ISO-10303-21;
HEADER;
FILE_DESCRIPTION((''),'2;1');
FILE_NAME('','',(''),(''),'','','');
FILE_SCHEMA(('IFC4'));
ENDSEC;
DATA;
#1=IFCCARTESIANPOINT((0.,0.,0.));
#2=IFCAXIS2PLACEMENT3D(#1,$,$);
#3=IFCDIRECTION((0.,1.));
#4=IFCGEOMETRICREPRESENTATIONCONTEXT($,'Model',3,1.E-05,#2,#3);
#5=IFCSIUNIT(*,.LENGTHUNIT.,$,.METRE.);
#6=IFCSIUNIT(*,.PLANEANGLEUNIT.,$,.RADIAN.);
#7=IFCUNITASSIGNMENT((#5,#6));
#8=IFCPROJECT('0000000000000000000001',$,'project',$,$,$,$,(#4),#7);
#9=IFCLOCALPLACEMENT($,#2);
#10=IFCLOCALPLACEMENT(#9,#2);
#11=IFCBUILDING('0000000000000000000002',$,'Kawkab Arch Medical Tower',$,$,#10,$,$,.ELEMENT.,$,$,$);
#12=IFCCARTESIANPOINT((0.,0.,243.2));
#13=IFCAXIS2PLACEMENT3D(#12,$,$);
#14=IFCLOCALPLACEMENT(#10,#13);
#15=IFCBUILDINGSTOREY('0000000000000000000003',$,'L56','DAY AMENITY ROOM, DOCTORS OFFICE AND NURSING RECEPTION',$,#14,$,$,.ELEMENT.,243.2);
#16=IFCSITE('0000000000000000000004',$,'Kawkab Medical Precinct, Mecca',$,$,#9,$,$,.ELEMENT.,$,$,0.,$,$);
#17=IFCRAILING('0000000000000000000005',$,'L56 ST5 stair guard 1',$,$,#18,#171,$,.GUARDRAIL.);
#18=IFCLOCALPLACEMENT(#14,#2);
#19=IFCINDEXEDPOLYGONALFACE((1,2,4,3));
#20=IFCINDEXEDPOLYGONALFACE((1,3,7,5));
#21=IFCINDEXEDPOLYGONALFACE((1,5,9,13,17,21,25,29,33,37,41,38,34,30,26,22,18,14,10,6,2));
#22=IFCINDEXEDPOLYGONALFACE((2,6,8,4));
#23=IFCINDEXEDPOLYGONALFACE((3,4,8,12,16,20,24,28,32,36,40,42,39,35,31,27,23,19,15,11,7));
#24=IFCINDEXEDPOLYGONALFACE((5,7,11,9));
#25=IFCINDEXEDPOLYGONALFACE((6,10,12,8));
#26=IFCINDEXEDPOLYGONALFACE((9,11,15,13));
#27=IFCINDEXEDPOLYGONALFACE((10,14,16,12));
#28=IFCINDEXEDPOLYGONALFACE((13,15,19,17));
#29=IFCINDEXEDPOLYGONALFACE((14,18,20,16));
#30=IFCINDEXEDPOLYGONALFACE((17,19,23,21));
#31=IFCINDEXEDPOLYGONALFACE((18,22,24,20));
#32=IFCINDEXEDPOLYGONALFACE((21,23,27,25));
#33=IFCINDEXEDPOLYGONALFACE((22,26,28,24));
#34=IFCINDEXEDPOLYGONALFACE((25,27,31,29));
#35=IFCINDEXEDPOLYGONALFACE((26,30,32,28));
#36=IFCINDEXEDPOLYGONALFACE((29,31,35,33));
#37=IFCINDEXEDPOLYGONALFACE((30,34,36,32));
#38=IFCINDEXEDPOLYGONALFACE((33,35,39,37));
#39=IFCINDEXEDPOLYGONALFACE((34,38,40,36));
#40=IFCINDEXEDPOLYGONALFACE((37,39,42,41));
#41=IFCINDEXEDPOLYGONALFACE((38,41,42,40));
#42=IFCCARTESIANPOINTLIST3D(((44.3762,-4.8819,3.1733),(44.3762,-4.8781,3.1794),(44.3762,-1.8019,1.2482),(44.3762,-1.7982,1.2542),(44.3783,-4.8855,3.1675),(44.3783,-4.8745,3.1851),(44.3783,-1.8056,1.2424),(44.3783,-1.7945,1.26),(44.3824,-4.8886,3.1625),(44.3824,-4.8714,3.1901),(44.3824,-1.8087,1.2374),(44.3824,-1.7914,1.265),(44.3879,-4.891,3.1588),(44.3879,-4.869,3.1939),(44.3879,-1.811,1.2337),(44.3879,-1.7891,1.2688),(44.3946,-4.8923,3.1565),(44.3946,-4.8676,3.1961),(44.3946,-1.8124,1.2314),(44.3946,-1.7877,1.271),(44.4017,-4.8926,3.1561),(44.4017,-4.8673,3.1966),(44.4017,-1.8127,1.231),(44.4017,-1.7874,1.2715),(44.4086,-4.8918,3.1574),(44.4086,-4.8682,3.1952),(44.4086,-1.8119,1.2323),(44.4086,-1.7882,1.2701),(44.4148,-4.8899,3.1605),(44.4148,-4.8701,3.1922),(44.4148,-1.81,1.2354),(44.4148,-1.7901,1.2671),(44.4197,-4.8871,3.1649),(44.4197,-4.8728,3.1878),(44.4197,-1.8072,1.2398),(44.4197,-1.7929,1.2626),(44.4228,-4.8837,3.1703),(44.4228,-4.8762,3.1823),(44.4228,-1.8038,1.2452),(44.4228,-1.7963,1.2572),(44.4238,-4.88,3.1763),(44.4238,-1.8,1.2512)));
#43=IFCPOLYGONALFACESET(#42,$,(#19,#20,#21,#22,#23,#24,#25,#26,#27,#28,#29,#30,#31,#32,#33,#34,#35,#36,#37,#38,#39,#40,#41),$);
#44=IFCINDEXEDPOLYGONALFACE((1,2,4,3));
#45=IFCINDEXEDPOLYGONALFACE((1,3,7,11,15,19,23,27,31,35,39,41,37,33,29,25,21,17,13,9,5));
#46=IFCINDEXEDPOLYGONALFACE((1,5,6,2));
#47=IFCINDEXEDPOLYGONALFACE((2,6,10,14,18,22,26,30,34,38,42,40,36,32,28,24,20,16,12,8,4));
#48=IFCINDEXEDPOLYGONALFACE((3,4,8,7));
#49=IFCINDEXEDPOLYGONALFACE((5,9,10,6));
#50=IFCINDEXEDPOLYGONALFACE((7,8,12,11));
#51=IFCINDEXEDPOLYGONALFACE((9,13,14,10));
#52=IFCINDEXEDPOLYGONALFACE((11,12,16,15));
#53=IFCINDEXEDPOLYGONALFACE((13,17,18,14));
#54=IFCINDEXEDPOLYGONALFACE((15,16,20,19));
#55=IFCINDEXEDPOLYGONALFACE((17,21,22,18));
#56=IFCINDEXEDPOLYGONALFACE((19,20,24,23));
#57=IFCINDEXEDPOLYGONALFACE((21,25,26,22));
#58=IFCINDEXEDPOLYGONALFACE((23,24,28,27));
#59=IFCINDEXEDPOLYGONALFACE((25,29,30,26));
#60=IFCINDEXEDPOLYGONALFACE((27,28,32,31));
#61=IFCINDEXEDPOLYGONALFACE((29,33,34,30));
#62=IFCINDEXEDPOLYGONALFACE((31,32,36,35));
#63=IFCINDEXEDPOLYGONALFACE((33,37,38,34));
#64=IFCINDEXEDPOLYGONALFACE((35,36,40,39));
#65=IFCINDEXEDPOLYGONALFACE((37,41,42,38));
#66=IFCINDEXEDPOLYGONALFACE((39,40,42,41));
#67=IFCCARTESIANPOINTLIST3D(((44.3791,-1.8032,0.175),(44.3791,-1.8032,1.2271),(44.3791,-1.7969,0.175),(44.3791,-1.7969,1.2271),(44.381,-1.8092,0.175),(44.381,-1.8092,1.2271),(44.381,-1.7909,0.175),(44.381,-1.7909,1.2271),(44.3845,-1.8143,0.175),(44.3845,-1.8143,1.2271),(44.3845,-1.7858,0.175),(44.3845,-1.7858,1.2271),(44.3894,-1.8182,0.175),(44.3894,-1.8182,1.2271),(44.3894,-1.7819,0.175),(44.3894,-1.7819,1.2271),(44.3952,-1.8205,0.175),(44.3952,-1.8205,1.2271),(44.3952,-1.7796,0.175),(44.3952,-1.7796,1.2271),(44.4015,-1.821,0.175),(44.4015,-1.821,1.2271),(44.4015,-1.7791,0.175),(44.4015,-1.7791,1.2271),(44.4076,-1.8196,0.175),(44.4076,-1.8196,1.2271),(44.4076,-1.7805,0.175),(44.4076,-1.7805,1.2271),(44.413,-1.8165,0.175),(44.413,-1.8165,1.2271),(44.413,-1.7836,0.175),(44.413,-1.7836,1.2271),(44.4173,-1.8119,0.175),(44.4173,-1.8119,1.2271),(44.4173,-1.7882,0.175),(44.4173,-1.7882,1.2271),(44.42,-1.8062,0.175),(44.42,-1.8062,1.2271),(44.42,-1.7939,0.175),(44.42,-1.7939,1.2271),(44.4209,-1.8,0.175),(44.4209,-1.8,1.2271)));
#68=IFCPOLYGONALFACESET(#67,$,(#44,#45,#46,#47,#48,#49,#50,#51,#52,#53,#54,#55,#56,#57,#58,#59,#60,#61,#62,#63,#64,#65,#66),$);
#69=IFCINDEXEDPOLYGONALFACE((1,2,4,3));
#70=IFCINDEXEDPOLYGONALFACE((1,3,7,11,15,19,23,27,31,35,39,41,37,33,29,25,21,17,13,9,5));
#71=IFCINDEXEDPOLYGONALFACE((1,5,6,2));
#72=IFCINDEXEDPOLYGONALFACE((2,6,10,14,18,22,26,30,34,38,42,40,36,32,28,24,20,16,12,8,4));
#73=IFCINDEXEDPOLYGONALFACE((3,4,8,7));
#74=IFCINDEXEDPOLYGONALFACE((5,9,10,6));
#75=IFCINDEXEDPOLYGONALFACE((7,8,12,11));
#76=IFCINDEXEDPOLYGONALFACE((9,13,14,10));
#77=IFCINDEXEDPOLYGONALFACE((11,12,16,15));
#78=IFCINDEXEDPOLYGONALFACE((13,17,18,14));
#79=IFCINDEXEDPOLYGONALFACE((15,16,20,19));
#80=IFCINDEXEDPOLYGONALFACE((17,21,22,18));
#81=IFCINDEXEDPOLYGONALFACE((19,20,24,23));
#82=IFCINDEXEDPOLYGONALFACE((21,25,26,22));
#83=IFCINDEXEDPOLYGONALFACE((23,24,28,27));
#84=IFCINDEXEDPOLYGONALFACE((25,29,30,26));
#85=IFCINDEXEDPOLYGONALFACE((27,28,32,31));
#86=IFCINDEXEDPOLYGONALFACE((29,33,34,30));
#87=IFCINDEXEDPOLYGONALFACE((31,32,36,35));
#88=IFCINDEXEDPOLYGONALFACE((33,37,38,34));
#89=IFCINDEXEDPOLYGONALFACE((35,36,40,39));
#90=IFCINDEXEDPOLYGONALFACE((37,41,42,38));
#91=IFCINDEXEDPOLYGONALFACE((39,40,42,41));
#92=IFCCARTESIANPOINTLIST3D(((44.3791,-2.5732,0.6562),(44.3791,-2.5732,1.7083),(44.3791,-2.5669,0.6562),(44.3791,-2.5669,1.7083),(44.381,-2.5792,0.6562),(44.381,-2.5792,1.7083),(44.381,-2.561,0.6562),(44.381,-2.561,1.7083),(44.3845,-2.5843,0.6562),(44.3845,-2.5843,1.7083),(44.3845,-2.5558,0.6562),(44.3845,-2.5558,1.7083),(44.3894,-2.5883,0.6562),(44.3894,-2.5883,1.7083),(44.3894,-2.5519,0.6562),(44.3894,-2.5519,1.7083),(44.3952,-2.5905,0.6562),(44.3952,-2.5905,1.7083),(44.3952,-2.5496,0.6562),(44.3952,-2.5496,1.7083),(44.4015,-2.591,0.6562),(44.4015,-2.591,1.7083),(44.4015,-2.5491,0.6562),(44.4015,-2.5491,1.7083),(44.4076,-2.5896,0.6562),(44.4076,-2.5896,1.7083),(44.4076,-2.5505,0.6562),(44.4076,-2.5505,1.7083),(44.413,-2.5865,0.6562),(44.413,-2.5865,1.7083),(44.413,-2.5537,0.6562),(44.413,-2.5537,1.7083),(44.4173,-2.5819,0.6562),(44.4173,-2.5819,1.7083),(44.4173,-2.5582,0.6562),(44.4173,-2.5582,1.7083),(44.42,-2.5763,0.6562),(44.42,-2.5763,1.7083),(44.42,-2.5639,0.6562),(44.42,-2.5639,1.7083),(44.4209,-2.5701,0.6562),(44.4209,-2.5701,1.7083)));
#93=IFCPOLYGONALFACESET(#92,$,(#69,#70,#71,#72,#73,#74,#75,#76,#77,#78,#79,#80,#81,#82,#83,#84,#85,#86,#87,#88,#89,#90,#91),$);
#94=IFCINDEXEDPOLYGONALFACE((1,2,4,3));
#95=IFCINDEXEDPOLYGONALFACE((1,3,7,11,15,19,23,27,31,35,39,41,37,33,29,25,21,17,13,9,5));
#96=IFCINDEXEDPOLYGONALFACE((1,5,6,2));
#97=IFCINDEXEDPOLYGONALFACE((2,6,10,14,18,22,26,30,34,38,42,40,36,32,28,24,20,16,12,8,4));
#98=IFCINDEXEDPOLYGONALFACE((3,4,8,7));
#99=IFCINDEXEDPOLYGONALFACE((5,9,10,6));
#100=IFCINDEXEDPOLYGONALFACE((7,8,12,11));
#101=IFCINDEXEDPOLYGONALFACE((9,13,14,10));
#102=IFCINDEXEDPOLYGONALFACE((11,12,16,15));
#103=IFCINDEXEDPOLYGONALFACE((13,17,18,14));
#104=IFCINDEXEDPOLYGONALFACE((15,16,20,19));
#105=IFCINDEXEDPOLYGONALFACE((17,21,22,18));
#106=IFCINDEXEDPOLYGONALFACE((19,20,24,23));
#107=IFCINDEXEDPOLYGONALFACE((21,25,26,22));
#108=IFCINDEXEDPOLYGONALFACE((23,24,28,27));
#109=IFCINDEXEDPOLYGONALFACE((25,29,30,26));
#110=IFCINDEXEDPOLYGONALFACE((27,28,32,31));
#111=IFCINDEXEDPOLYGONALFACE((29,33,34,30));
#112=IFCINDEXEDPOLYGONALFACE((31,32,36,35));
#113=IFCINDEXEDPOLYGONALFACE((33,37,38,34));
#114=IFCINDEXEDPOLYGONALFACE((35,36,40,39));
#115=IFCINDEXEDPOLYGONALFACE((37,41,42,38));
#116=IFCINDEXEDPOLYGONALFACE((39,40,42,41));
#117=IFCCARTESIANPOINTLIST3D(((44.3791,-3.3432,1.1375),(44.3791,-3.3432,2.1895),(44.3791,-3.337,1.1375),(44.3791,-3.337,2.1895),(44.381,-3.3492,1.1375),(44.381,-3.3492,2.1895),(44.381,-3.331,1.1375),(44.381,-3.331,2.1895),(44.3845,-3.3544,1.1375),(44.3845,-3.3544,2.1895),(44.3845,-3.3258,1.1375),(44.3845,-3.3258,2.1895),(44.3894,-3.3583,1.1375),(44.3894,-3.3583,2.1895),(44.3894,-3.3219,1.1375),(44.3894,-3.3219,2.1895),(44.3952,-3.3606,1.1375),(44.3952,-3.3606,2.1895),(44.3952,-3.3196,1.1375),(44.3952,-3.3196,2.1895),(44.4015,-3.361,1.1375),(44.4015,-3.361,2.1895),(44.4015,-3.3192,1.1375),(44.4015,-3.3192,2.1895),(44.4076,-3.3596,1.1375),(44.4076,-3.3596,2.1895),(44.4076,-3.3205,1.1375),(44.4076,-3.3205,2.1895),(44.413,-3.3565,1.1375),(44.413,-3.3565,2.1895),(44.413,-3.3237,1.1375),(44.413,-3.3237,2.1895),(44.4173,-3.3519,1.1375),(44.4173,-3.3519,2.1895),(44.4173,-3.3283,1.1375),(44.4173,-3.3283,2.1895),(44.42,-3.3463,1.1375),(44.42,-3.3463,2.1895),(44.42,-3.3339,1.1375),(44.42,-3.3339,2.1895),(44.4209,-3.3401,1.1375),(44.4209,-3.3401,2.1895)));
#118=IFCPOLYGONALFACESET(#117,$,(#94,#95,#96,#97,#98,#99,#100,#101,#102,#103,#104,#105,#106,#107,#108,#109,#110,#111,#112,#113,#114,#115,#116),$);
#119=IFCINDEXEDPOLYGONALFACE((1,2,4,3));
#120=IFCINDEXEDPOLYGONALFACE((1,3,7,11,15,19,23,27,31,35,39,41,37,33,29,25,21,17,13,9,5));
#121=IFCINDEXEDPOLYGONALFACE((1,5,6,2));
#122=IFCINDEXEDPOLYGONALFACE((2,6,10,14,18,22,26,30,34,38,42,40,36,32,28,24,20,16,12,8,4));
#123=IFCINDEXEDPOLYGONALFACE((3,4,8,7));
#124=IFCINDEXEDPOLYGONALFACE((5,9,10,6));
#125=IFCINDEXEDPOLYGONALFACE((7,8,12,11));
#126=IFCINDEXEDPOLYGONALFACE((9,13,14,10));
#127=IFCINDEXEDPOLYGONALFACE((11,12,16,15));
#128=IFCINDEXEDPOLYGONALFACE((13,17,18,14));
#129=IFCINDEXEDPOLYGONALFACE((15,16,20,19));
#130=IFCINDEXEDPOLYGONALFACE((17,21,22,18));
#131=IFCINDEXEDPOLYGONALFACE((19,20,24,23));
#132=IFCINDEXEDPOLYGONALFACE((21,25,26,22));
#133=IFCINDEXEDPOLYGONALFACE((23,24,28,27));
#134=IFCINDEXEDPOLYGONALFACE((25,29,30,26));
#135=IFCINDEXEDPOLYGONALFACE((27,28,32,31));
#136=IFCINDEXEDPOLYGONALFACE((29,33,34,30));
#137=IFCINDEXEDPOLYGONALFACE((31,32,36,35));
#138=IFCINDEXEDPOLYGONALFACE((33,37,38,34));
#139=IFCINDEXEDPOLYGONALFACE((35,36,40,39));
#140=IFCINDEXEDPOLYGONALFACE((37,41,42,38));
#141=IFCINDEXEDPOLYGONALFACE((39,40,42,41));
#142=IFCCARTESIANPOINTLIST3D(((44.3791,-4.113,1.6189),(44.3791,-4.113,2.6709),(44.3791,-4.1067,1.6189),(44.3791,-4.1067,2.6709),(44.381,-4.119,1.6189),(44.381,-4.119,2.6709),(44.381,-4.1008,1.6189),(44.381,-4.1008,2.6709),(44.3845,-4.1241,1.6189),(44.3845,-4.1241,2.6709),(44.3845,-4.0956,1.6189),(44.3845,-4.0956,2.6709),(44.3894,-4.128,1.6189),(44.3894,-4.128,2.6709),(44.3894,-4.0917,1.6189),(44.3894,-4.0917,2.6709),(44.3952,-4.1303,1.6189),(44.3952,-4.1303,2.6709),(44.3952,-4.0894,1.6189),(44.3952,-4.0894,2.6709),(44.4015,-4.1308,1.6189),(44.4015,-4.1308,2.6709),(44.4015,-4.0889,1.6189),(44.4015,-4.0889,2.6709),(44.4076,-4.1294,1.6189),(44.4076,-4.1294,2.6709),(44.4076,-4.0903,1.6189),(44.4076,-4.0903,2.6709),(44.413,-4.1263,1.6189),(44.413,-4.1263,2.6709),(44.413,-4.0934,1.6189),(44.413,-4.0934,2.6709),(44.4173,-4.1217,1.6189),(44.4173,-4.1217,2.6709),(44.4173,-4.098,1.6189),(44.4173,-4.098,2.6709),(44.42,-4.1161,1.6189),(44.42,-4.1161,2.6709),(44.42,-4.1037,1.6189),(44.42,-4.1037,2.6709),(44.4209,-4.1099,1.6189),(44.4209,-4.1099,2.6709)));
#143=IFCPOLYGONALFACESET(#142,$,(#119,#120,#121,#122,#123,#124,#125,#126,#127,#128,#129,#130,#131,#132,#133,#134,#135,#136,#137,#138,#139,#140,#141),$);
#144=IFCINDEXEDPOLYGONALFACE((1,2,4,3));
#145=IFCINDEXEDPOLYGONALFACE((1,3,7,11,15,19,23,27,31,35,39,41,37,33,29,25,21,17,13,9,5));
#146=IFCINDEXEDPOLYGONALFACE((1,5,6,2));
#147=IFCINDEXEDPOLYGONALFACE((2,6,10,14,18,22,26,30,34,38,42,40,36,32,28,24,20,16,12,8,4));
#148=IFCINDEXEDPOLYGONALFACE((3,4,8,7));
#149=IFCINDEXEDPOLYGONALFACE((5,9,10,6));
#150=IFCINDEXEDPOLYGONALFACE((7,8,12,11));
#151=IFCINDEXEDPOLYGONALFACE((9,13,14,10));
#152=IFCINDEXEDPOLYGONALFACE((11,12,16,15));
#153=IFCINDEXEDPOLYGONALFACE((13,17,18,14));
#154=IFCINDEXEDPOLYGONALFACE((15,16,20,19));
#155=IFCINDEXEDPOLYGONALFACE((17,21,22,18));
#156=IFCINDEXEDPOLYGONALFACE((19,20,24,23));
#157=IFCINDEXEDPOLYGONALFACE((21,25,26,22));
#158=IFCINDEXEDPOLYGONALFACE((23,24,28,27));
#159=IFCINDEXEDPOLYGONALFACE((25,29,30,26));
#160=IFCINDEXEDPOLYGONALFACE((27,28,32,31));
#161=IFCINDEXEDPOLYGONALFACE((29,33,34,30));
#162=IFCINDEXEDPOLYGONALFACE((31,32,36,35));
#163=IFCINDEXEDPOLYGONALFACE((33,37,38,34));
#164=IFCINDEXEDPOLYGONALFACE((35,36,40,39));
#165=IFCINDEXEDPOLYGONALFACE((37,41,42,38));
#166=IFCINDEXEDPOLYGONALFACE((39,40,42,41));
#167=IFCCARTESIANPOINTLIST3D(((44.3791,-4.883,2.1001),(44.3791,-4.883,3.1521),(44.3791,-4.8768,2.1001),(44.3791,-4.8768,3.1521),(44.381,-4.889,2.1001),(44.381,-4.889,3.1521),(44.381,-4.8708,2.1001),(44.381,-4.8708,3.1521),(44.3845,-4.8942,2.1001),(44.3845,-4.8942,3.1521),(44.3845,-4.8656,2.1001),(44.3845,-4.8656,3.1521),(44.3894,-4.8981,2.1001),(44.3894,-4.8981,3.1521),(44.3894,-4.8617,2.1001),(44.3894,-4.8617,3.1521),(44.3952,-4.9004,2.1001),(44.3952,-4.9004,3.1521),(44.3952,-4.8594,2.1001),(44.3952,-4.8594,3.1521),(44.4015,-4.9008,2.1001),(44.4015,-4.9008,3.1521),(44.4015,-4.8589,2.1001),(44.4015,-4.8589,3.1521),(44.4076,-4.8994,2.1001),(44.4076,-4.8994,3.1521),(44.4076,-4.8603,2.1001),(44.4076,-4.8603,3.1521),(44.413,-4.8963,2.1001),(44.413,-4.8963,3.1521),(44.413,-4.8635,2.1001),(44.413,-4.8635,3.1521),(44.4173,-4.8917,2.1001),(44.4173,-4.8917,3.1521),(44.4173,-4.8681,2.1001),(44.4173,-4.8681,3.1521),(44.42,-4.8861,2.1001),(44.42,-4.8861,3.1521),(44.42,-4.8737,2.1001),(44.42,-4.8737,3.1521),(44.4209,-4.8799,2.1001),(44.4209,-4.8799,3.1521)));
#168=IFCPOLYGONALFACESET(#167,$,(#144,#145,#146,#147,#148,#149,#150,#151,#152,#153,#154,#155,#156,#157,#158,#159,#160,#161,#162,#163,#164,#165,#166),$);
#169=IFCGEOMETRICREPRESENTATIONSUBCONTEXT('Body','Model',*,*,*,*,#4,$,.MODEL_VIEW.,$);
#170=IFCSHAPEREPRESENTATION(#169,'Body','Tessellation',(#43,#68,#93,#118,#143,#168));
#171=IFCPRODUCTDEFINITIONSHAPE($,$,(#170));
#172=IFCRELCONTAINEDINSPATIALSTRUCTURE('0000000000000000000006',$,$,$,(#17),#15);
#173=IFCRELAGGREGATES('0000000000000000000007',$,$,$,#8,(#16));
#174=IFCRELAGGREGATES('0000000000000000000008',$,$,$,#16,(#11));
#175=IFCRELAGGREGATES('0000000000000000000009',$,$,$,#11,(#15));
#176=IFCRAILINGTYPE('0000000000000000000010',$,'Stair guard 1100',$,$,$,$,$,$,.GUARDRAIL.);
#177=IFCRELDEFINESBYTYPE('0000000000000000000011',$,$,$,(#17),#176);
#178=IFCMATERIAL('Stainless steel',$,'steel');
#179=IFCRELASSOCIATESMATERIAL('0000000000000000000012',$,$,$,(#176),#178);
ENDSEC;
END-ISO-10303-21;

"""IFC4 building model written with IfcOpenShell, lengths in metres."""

from ifc_helpers import new_model, si_unit, direction, frame, origin, origin_2d, place, context, subcontext, project, spatial, circle, extrude, material, type_object, element, save


model = new_model("IFC4")

# Units and contexts
model_context = context("Model", 3, precision=1e-05, world=origin(), true_north=direction((0.0, 1.0)))
body_context = subcontext(model_context, "Body", "Model", "MODEL_VIEW")
ifc_project = project(units=[si_unit("LENGTHUNIT", "METRE"), si_unit("PLANEANGLEUNIT", "RADIAN")], contexts=[model_context])

# Site, building, storey
site_placement = place(None, origin())
site = spatial("IfcSite", under=ifc_project, at=site_placement, Name="Kawkab Medical Precinct, Mecca", CompositionType="ELEMENT", RefElevation=0.0)
building_placement = place(site_placement, origin())
building = spatial("IfcBuilding", under=site, at=building_placement, Name="Kawkab Arch Medical Tower", CompositionType="ELEMENT")
storey_placement = place(building_placement, frame((0.0, 0.0, 243.2)))
storey = spatial("IfcBuildingStorey", under=building, at=storey_placement, Name="L56", Description="DAY AMENITY ROOM, DOCTORS OFFICE AND NURSING RECEPTION", CompositionType="ELEMENT", Elevation=243.2)

# Railing
ifc_material_1 = material(Name="Stainless steel", Category="steel")
railing_type = type_object("IfcRailingType", Name="Stair guard 1100", PredefinedType="GUARDRAIL", material=ifc_material_1)
railing_1_placement = place(storey_placement, frame((44.3999, -1.8, 0.175)))
element("IfcRailing", 1, at=railing_1_placement, inside=storey, type_object=railing_type, Name="L56 ST5 stair guard 1", PredefinedType="GUARDRAIL", context=body_context, shape_type="SweptSolid", body=[
    extrude(circle(Radius=0.0239, at=origin_2d()), frame((0.0, 0.0, 1.0762), z_axis=(0.0, -0.847979, 0.530029), x_axis=(1.0, 0.0, 0.0)), (0.0, 0.0, 1.0), 3.6321),
    extrude(circle(Radius=0.021, at=origin_2d()), origin(), (0.0, 0.0, 1.0), 1.052),
    extrude(circle(Radius=0.021, at=origin_2d()), frame((0.0, -0.77, 0.4812)), (0.0, 0.0, 1.0), 1.052),
    extrude(circle(Radius=0.021, at=origin_2d()), frame((0.0, -1.54, 0.9624)), (0.0, 0.0, 1.0), 1.052),
    extrude(circle(Radius=0.021, at=origin_2d()), frame((0.0, -2.3098, 1.4438)), (0.0, 0.0, 1.0), 1.052),
    extrude(circle(Radius=0.021, at=origin_2d()), frame((0.0, -3.0798, 1.925)), (0.0, 0.0, 1.0), 1.052),
])

save(model, "model.ifc")
